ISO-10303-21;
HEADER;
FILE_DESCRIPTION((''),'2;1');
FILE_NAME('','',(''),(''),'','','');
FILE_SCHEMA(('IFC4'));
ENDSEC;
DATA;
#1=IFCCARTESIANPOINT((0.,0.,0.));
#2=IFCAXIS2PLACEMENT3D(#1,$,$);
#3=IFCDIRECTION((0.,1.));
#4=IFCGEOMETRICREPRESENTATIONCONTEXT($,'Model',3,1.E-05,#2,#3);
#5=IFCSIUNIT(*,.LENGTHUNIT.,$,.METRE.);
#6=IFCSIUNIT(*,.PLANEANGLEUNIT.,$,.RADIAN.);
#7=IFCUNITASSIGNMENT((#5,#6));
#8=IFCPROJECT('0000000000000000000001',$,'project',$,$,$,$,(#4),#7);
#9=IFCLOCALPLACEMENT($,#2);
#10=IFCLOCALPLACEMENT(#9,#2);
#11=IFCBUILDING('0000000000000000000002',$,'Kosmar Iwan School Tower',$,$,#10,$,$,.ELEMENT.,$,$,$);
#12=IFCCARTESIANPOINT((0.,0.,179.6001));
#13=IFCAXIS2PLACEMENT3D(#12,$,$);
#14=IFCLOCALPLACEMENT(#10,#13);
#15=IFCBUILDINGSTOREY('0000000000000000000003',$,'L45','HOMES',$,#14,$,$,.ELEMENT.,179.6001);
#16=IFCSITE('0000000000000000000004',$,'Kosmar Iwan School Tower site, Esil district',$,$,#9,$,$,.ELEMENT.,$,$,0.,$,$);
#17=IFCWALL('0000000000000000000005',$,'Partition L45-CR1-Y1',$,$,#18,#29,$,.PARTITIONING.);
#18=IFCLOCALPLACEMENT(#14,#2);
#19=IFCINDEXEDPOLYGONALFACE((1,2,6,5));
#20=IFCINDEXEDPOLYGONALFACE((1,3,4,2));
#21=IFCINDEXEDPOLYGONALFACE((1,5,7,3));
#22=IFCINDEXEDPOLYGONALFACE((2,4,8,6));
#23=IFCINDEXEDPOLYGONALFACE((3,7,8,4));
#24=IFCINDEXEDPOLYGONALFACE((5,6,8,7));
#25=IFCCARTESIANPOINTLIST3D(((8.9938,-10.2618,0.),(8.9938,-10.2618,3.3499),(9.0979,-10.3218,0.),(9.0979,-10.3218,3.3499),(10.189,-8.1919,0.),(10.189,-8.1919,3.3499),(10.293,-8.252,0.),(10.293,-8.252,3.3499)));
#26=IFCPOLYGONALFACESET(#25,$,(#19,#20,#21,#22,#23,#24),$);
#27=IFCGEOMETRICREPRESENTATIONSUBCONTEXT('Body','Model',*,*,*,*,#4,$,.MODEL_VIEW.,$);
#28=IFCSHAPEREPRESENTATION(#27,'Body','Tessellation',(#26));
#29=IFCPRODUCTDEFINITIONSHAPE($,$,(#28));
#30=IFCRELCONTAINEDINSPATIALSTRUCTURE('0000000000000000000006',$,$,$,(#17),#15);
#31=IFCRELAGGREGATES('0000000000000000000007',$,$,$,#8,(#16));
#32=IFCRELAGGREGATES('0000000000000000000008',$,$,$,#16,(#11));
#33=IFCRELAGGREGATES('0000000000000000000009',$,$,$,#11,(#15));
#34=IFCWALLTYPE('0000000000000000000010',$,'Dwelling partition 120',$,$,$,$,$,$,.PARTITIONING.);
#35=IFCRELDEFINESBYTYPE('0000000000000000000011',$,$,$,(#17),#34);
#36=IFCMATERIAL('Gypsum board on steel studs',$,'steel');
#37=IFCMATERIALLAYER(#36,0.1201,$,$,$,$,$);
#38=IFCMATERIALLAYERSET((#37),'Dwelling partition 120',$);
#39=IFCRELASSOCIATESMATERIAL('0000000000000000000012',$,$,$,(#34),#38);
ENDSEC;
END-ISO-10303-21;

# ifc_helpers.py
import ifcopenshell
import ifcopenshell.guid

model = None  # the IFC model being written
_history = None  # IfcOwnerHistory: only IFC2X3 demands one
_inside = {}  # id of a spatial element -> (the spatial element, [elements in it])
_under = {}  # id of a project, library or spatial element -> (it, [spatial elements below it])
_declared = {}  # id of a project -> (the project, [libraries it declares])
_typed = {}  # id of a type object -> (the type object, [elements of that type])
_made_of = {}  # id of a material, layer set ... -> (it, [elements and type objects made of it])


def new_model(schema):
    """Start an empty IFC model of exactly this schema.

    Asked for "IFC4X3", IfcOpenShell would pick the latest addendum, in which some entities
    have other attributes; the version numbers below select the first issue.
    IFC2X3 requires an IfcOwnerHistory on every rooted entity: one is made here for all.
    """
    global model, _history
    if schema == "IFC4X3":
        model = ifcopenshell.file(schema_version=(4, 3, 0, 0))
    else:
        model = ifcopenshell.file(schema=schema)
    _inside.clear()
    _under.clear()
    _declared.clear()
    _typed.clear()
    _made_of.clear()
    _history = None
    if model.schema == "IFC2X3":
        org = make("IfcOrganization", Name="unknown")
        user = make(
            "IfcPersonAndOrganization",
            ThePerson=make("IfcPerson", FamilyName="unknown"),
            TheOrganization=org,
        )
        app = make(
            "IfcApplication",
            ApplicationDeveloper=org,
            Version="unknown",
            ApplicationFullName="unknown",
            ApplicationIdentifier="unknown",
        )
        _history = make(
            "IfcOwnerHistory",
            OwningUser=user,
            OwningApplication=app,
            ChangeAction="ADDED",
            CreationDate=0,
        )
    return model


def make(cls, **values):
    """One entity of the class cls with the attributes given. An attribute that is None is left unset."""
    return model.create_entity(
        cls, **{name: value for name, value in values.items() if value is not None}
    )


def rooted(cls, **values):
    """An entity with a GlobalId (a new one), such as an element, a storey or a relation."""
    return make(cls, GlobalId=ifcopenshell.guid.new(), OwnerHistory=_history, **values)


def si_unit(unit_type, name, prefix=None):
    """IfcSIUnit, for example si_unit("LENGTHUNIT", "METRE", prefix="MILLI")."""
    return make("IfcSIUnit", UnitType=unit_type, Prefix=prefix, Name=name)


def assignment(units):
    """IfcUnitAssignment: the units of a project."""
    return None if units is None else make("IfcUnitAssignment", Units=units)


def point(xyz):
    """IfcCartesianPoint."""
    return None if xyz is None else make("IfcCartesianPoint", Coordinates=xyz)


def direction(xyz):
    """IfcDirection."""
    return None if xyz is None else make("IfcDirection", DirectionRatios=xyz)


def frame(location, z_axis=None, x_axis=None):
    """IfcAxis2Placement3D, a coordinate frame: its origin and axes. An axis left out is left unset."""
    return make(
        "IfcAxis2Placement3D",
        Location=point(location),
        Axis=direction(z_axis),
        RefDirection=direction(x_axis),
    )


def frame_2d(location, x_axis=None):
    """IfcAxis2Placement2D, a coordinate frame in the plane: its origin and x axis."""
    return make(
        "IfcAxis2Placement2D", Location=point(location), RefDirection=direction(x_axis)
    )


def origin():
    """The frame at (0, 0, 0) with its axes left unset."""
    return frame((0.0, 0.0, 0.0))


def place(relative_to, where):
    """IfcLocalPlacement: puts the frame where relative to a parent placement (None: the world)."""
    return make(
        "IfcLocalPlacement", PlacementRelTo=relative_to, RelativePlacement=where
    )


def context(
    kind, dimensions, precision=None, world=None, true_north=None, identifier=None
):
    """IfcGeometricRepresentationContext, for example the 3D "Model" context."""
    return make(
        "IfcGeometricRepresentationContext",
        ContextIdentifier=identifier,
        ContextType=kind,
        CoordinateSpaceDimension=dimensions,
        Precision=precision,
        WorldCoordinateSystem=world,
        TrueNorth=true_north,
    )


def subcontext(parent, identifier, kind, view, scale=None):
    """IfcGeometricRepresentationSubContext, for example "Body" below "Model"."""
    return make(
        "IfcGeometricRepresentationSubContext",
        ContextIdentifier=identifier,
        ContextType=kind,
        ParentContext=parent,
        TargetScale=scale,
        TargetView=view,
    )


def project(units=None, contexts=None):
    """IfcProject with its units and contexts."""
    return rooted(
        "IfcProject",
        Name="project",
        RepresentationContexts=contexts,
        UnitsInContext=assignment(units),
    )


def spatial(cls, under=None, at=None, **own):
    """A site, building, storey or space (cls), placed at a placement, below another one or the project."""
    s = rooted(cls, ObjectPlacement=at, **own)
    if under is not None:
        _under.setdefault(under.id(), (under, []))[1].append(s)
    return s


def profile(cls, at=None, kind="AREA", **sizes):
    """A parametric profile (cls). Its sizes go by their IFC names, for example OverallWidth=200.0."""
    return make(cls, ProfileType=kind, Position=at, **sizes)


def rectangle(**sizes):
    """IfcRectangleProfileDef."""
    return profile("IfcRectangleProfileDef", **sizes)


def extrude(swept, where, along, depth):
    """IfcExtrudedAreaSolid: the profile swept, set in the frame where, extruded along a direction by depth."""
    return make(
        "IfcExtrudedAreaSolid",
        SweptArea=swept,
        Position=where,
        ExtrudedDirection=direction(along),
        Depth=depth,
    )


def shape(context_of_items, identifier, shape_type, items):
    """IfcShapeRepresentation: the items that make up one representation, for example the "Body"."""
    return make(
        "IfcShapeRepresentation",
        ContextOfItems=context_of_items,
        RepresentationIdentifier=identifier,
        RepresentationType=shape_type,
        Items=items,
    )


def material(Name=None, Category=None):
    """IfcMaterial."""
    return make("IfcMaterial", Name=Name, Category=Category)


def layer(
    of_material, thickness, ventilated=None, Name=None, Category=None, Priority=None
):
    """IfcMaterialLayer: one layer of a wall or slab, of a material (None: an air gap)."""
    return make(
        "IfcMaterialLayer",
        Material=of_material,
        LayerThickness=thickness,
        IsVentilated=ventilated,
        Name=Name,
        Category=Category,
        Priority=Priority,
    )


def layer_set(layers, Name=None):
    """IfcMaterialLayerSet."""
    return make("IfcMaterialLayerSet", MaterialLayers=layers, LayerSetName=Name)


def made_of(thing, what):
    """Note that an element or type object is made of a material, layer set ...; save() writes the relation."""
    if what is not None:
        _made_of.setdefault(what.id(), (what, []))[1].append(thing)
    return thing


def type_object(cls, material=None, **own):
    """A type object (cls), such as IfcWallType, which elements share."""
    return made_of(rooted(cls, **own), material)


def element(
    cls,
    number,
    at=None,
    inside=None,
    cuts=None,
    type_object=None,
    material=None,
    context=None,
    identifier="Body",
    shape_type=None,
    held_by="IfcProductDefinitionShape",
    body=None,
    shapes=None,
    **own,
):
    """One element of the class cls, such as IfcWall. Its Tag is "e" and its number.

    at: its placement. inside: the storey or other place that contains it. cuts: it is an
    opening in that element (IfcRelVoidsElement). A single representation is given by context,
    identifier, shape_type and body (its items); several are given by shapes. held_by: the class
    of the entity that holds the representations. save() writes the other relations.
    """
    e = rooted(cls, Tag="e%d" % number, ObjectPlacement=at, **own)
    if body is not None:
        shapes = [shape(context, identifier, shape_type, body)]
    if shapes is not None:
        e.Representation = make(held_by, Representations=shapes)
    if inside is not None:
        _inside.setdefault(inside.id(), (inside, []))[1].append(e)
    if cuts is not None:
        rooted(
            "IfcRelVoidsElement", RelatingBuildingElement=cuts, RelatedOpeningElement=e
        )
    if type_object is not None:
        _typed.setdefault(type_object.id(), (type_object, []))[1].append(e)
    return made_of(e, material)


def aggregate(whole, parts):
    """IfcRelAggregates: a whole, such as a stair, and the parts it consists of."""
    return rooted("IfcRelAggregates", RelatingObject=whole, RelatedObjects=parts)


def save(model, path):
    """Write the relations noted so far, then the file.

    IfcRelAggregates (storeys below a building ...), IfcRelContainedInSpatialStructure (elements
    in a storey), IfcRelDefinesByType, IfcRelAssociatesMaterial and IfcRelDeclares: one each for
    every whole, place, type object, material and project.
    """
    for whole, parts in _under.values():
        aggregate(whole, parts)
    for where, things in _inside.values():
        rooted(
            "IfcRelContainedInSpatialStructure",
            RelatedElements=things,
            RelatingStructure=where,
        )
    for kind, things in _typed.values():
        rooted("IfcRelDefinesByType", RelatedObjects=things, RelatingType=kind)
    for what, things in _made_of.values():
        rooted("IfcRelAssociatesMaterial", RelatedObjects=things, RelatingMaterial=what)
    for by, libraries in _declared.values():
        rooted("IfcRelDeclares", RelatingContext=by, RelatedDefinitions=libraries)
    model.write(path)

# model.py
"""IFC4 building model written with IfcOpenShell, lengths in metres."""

from ifc_helpers import new_model, si_unit, direction, frame, frame_2d, origin, place, context, subcontext, project, spatial, rectangle, extrude, material, layer, layer_set, type_object, element, save


model = new_model("IFC4")

# Units and contexts
model_context = context("Model", 3, precision=1e-05, world=origin(), true_north=direction((0.0, 1.0)))
body_context = subcontext(model_context, "Body", "Model", "MODEL_VIEW")
ifc_project = project(units=[si_unit("LENGTHUNIT", "METRE"), si_unit("PLANEANGLEUNIT", "RADIAN")], contexts=[model_context])

# Site, building, storey
site_placement = place(None, origin())
site = spatial("IfcSite", under=ifc_project, at=site_placement, Name="Kosmar Iwan School Tower site, Esil district", CompositionType="ELEMENT", RefElevation=0.0)
building_placement = place(site_placement, origin())
building = spatial("IfcBuilding", under=site, at=building_placement, Name="Kosmar Iwan School Tower", CompositionType="ELEMENT")
storey_placement = place(building_placement, frame((0.0, 0.0, 179.6001)))
storey = spatial("IfcBuildingStorey", under=building, at=storey_placement, Name="L45", Description="HOMES", CompositionType="ELEMENT", Elevation=179.6001)

# Shared definitions
ifc_material_1 = material(Name="Gypsum board on steel studs", Category="steel")
ifc_layer = layer(ifc_material_1, 0.1201)
ifc_layer_set = layer_set([ifc_layer], Name="Dwelling partition 120")
wall_type = type_object("IfcWallType", Name="Dwelling partition 120", PredefinedType="PARTITIONING", material=ifc_layer_set)

# Wall
wall_1_placement = place(storey_placement, frame((10.241, -8.2219, 0.0), z_axis=(0.0, 0.0, 1.0), x_axis=(-0.500017, -0.866015, 0.0)))
element("IfcWall", 1, at=wall_1_placement, inside=storey, type_object=wall_type, Name="Partition L45-CR1-Y1", PredefinedType="PARTITIONING", context=body_context, shape_type="SweptSolid", body=[
    extrude(rectangle(XDim=2.3901, YDim=0.1201, at=frame_2d((1.1951, 0.0))), origin(), (0.0, 0.0, 1.0), 3.3499),
])

save(model, "model.ifc")
